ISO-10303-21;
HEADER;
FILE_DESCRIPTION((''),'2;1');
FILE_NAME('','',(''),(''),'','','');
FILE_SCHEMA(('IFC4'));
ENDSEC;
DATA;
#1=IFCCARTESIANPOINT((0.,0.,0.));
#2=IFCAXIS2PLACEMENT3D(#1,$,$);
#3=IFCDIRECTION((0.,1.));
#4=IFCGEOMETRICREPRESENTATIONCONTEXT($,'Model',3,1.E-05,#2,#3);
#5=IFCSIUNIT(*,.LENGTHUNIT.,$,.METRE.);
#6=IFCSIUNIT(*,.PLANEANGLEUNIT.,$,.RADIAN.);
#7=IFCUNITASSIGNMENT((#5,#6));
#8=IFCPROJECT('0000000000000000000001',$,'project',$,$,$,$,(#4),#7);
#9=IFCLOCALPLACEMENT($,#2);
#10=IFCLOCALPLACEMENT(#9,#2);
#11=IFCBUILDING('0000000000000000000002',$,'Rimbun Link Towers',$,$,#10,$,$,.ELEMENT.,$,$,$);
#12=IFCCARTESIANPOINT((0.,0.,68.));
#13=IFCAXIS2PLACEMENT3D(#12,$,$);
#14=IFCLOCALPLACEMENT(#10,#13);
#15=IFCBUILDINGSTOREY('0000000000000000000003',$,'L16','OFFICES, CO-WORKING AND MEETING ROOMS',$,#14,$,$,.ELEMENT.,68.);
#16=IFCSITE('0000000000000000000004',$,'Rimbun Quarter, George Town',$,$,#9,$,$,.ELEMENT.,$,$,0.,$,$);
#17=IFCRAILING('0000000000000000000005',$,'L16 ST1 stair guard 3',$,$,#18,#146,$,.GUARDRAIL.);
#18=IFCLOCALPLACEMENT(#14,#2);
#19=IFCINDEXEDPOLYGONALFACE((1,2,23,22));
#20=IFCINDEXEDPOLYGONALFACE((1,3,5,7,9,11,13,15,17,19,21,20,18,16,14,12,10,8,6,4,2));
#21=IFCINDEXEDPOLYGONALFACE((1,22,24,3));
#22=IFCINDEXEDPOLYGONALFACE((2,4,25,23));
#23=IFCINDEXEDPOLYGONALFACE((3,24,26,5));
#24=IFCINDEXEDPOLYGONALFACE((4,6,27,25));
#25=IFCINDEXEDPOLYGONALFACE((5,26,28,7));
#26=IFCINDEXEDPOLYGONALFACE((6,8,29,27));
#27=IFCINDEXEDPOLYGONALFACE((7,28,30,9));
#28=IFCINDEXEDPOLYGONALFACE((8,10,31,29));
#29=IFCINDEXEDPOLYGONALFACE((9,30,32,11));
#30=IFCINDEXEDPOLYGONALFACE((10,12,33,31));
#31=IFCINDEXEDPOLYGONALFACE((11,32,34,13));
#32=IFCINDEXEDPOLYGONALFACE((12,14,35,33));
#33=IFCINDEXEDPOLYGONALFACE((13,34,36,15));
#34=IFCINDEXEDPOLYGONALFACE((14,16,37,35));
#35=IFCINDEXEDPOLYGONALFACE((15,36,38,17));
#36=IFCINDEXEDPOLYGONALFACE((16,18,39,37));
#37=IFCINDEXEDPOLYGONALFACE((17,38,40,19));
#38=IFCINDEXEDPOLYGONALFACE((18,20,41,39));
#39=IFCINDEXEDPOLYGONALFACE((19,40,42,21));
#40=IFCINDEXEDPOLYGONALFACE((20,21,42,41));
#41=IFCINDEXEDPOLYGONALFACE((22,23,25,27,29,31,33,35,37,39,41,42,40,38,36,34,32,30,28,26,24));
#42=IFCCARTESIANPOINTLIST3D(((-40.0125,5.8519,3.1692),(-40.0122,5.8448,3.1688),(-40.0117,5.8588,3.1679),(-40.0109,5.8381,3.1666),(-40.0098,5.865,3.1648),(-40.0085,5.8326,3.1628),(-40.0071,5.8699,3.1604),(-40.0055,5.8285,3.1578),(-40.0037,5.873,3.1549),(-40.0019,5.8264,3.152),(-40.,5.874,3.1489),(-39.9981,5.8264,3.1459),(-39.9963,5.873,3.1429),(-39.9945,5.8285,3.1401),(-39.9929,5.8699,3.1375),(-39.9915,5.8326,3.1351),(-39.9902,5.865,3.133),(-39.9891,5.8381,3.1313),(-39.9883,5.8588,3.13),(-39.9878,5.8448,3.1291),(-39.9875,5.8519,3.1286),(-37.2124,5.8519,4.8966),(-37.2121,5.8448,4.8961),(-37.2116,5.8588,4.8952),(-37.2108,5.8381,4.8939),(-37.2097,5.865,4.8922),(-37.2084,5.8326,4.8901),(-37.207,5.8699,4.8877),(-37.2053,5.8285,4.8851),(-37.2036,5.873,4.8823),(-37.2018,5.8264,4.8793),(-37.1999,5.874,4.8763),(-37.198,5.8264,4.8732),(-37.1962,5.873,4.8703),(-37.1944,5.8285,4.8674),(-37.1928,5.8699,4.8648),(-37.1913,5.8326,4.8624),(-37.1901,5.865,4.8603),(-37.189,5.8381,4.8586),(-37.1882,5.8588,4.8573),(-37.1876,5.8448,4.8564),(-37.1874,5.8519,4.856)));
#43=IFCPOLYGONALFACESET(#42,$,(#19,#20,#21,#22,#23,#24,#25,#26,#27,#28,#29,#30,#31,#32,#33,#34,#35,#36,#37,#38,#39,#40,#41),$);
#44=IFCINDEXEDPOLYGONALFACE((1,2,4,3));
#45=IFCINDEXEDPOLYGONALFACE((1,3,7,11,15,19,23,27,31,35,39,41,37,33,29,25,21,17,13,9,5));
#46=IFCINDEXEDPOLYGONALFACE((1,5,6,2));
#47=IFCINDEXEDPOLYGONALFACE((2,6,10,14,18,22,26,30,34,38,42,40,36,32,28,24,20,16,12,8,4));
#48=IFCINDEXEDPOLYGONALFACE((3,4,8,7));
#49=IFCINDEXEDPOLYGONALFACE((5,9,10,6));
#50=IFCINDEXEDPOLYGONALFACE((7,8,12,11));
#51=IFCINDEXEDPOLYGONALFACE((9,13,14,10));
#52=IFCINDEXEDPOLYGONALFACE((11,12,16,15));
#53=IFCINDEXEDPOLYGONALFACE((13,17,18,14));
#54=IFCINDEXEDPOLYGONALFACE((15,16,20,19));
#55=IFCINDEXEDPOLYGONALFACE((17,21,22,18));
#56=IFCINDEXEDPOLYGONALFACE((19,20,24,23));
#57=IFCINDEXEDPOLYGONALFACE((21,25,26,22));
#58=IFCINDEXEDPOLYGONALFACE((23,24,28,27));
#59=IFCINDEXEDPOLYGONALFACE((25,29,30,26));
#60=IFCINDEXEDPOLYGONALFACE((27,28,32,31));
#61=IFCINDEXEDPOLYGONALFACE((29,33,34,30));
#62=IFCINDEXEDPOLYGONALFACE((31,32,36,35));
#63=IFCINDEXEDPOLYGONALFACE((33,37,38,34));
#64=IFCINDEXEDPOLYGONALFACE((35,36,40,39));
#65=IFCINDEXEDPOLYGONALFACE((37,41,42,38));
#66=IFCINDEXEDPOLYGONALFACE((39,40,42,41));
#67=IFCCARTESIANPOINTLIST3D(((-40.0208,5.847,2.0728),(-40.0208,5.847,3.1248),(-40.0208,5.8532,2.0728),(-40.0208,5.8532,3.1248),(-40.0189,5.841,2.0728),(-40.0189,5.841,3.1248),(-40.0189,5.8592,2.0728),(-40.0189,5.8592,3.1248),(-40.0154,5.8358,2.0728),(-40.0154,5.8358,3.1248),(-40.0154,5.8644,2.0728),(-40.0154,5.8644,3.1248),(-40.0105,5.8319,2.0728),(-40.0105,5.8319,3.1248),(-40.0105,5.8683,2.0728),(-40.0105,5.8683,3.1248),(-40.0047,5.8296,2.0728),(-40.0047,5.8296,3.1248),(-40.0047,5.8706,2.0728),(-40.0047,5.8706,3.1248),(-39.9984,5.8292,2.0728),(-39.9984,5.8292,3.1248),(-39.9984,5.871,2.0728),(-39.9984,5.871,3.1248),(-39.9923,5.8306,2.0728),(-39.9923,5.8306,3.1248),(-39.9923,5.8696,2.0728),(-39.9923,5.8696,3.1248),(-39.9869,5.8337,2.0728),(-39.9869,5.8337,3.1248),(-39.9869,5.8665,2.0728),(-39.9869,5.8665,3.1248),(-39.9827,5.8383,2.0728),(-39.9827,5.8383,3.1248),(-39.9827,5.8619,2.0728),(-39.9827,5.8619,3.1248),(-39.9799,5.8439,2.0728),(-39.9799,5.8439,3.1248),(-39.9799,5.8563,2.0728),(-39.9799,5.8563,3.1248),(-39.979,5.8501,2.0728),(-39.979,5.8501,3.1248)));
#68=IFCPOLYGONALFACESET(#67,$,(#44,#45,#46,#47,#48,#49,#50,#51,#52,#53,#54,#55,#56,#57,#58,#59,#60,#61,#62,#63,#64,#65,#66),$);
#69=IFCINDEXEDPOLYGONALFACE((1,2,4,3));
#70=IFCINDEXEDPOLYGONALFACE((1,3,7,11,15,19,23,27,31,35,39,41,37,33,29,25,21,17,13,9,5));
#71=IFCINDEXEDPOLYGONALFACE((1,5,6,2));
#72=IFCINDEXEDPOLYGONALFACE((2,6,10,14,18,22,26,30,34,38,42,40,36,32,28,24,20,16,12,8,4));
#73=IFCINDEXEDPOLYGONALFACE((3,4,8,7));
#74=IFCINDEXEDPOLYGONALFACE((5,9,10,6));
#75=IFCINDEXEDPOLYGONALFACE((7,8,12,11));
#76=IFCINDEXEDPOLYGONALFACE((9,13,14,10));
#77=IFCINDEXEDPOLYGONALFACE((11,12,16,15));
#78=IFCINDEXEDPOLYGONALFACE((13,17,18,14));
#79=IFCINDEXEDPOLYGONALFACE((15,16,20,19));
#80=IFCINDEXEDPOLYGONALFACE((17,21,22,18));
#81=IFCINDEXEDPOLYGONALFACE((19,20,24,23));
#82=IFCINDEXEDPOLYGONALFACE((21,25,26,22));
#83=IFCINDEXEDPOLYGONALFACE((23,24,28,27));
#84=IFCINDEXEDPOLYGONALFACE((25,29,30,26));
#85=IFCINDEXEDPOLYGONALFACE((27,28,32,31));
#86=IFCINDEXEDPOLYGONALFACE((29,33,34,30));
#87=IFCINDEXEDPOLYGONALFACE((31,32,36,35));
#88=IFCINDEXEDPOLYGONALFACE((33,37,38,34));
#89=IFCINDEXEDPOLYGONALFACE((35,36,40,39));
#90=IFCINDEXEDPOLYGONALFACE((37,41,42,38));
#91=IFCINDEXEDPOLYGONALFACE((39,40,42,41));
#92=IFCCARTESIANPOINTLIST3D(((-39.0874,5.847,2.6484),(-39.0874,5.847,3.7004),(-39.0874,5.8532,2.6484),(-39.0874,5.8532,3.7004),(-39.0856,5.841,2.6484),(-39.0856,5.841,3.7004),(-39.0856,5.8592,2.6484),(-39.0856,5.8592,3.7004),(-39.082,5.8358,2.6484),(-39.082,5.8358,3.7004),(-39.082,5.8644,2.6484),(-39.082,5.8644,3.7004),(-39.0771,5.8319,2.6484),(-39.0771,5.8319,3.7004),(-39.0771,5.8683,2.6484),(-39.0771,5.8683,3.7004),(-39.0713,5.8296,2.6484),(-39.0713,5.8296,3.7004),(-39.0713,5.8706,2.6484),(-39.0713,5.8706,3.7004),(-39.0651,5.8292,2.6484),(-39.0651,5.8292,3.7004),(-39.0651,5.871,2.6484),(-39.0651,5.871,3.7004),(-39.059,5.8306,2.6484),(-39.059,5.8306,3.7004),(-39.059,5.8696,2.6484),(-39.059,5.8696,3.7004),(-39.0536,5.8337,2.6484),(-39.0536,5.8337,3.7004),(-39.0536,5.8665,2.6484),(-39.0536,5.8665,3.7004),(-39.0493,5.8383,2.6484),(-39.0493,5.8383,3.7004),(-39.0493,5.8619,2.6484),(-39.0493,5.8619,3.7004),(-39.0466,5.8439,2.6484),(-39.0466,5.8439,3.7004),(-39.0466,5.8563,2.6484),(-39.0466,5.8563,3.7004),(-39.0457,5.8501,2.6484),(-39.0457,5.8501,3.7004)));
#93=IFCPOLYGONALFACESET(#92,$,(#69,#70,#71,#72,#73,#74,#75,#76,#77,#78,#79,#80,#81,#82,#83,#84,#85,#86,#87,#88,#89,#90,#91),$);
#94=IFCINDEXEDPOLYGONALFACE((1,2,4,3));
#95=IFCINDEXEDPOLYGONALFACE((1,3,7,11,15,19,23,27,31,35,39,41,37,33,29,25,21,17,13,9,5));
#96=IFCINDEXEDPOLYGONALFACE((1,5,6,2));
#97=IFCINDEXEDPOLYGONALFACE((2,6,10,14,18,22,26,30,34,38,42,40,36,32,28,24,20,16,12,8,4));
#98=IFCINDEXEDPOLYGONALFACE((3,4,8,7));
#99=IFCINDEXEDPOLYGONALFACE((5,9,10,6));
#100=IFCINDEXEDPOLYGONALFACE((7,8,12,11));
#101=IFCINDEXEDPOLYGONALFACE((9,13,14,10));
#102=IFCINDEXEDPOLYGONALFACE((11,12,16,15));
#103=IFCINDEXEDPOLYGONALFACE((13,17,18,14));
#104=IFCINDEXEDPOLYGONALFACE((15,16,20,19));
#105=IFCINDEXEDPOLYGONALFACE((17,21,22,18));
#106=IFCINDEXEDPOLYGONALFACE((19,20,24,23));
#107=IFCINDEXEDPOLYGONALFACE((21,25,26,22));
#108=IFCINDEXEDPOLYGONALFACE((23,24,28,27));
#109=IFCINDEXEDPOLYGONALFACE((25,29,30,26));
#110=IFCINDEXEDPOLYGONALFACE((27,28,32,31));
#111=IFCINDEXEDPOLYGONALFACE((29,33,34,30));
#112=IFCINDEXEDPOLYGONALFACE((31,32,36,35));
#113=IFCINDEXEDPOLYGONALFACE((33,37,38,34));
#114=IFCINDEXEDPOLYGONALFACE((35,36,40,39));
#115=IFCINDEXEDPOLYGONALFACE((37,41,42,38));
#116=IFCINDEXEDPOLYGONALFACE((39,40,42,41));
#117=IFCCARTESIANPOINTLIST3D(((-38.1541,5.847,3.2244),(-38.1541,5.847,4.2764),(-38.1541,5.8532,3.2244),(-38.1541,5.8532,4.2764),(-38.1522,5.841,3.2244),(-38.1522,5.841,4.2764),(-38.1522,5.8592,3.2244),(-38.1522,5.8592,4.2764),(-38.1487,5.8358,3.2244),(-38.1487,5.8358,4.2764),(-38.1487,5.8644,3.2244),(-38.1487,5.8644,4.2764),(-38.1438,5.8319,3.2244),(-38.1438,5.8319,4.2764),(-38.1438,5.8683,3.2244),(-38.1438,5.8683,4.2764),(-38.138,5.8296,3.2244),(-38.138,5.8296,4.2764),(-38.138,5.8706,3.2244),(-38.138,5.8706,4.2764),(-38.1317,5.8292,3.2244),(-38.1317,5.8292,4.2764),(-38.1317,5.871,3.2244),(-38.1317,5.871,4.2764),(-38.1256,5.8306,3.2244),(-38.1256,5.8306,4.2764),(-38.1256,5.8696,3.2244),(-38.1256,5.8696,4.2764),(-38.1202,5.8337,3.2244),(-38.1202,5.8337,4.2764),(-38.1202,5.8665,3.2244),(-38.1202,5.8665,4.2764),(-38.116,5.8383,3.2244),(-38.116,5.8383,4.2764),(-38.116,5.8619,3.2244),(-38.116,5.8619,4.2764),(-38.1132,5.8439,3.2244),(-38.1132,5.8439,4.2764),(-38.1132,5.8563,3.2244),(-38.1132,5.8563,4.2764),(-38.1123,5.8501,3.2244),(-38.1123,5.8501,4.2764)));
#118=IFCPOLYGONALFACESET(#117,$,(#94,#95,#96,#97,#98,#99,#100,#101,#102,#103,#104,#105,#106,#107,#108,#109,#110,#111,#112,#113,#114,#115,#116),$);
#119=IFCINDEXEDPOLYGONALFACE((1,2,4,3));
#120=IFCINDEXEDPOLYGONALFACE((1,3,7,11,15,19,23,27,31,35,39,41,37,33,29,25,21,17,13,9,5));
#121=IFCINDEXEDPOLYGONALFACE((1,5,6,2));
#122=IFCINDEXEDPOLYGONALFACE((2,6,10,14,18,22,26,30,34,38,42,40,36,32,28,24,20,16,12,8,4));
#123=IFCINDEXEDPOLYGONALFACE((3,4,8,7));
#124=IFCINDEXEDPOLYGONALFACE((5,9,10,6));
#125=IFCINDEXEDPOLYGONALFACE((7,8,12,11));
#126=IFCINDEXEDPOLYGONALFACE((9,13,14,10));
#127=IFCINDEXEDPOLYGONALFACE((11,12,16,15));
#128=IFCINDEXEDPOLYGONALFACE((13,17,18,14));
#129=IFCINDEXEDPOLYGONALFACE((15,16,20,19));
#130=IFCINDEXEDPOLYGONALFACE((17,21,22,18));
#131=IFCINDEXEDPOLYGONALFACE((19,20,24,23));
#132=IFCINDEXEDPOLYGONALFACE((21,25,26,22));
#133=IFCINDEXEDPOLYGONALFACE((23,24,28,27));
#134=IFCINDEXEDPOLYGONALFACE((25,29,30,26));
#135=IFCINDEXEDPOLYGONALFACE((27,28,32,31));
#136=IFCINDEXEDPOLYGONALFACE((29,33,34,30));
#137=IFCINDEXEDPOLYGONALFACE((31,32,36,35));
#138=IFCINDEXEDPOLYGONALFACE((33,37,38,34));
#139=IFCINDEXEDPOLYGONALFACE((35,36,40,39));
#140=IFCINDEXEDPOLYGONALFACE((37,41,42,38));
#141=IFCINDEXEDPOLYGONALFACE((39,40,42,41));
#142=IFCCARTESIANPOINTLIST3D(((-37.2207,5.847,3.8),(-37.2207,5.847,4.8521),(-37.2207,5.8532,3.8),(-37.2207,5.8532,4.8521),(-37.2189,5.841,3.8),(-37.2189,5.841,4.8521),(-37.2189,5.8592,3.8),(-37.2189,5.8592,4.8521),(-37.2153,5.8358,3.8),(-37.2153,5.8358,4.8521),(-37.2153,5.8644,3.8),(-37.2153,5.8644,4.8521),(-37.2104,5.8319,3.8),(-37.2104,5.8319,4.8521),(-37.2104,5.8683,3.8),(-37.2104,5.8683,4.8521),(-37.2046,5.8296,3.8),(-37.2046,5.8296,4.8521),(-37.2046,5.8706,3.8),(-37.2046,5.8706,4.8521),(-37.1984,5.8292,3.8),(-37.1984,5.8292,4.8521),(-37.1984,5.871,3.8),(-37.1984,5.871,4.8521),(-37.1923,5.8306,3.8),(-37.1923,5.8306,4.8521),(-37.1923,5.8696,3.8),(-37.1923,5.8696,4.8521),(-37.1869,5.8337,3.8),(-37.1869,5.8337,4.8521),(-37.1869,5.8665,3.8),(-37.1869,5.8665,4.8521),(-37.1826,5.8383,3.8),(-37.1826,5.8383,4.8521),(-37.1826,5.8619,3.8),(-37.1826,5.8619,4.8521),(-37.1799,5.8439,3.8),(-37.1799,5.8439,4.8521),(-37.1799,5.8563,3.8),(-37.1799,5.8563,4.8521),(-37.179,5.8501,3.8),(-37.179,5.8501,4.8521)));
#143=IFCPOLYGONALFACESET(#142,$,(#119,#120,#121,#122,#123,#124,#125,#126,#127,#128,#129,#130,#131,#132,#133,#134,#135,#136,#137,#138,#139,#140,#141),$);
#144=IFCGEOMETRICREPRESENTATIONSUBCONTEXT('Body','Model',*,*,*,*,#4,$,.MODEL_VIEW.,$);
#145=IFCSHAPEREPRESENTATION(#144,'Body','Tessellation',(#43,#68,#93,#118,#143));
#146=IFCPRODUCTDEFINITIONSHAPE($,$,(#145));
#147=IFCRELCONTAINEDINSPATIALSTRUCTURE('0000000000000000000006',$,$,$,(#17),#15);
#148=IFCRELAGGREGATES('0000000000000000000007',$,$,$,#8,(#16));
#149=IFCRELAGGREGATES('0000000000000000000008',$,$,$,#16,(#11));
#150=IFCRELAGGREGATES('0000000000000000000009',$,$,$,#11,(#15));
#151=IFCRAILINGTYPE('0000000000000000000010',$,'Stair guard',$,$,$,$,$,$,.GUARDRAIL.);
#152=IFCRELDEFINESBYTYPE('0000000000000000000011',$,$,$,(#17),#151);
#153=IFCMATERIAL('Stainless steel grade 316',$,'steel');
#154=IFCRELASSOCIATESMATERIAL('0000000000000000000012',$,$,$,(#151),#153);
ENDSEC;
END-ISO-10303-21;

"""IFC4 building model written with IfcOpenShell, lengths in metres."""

from ifc_helpers import new_model, si_unit, direction, frame, origin, origin_2d, place, context, subcontext, project, spatial, circle, extrude, material, type_object, element, save


model = new_model("IFC4")

# Units and contexts
model_context = context("Model", 3, precision=1e-05, world=origin(), true_north=direction((0.0, 1.0)))
body_context = subcontext(model_context, "Body", "Model", "MODEL_VIEW")
ifc_project = project(units=[si_unit("LENGTHUNIT", "METRE"), si_unit("PLANEANGLEUNIT", "RADIAN")], contexts=[model_context])

# Site, building, storey
site_placement = place(None, origin())
site = spatial("IfcSite", under=ifc_project, at=site_placement, Name="Rimbun Quarter, George Town", CompositionType="ELEMENT", RefElevation=0.0)
building_placement = place(site_placement, origin())
building = spatial("IfcBuilding", under=site, at=building_placement, Name="Rimbun Link Towers", CompositionType="ELEMENT")
storey_placement = place(building_placement, frame((0.0, 0.0, 68.0)))
storey = spatial("IfcBuildingStorey", under=building, at=storey_placement, Name="L16", Description="OFFICES, CO-WORKING AND MEETING ROOMS", CompositionType="ELEMENT", Elevation=68.0)

# Railing
ifc_material_1 = material(Name="Stainless steel grade 316", Category="steel")
railing_type_1 = type_object("IfcRailingType", Name="Stair guard", PredefinedType="GUARDRAIL", material=ifc_material_1)
railing_1_placement = place(storey_placement, frame((-40.0, 5.8501, 2.0728)))
element("IfcRailing", 1, at=railing_1_placement, inside=storey, type_object=railing_type_1, Name="L16 ST1 stair guard 3", PredefinedType="GUARDRAIL", context=body_context, shape_type="SweptSolid", body=[
    extrude(circle(Radius=0.0239, at=origin_2d()), frame((0.0, 0.0, 1.0762), z_axis=(0.85109, 0.0, 0.52502), x_axis=(0.0, 1.0, 0.0)), (0.0, 0.0, 1.0), 3.29),
    extrude(circle(Radius=0.021, at=origin_2d()), origin(), (0.0, 0.0, 1.0), 1.052),
    extrude(circle(Radius=0.021, at=origin_2d()), frame((0.9333, 0.0, 0.5757)), (0.0, 0.0, 1.0), 1.052),
    extrude(circle(Radius=0.021, at=origin_2d()), frame((1.8667, 0.0, 1.1516)), (0.0, 0.0, 1.0), 1.052),
    extrude(circle(Radius=0.021, at=origin_2d()), frame((2.8, 0.0, 1.7273)), (0.0, 0.0, 1.0), 1.052),
])

save(model, "model.ifc")
